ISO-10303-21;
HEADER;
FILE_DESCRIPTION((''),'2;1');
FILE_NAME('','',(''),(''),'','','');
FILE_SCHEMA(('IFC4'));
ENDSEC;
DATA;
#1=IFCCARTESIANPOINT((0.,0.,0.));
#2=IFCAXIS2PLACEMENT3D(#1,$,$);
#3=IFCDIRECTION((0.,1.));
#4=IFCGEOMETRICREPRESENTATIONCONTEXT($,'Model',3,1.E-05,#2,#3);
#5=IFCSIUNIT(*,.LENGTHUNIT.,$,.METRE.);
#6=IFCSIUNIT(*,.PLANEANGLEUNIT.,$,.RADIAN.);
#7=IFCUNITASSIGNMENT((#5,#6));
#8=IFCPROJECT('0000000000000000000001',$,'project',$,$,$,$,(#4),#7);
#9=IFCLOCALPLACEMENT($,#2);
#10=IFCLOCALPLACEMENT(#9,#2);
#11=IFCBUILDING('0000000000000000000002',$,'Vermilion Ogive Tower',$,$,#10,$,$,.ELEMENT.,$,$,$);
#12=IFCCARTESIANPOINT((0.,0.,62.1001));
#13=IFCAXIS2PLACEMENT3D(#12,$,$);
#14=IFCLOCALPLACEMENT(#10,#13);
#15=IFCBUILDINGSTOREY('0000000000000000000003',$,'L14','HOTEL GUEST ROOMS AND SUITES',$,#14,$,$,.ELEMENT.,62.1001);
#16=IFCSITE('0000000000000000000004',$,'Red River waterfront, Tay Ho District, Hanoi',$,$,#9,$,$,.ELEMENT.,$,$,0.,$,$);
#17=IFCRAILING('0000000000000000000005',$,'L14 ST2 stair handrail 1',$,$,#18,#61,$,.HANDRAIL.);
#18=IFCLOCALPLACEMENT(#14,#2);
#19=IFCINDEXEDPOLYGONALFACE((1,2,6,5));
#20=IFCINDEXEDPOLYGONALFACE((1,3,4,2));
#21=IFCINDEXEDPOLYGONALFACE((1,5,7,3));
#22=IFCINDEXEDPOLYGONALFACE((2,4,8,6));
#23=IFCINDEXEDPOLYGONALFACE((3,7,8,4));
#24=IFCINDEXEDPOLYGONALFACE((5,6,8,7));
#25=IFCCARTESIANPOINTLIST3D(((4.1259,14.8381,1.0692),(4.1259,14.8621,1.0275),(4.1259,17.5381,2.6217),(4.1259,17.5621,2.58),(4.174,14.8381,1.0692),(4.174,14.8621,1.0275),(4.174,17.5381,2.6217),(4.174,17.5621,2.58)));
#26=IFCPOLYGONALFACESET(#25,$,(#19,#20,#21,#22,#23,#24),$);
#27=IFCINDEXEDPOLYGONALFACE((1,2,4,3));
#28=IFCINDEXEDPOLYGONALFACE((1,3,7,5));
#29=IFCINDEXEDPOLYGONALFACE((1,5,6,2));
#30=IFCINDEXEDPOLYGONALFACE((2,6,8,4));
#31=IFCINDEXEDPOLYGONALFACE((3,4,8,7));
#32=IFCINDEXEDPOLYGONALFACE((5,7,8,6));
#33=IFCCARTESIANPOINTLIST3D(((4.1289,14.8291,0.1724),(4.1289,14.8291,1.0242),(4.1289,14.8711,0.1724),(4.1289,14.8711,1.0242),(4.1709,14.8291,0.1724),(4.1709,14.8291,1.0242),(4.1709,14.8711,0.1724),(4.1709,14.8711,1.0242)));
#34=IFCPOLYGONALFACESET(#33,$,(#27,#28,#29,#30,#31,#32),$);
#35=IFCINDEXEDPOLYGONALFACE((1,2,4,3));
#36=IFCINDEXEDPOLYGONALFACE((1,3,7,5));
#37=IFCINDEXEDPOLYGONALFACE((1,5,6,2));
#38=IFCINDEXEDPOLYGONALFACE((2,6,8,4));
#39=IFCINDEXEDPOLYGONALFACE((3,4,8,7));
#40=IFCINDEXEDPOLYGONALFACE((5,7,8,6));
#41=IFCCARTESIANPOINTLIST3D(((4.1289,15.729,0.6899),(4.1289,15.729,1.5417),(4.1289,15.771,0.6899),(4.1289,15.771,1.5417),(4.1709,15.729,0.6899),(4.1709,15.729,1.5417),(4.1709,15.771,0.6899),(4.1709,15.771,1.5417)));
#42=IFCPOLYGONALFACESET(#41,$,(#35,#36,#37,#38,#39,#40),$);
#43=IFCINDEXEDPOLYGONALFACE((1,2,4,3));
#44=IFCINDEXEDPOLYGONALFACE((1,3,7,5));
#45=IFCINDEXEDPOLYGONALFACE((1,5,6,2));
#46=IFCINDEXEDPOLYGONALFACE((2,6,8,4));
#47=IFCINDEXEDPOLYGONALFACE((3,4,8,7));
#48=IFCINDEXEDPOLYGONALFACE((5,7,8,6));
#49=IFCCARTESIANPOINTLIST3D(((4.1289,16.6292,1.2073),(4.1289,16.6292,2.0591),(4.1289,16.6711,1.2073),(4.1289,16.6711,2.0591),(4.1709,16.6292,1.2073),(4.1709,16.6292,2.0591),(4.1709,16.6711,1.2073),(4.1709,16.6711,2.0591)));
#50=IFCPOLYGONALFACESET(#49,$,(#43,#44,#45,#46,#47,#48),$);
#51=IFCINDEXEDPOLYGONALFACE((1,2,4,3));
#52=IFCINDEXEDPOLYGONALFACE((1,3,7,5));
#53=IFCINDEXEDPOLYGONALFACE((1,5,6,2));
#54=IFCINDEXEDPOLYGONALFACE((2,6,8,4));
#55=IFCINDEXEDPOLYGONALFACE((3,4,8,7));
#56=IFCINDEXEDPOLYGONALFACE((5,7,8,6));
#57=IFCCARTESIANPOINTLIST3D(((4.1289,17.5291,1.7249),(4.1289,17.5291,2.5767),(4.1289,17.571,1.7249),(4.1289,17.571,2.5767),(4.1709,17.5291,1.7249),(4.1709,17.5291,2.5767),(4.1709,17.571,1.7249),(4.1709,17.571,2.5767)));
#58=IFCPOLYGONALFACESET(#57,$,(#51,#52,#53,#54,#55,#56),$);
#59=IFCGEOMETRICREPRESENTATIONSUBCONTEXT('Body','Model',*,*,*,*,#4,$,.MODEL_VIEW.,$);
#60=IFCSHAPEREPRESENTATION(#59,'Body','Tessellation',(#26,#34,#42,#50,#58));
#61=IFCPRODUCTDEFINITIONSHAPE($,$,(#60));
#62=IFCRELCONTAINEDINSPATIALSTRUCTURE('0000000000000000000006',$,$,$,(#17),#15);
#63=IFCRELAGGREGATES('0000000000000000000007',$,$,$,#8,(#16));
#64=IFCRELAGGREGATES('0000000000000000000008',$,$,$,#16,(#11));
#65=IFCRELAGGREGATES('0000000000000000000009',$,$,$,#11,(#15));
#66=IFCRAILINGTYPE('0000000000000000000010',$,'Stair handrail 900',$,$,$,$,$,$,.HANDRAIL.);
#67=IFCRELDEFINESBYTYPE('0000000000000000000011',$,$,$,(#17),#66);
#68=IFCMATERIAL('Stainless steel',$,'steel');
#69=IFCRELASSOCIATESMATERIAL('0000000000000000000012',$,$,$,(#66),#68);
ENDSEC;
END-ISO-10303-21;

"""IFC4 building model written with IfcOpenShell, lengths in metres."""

from ifc_helpers import new_model, si_unit, direction, frame, origin, origin_2d, place, context, subcontext, project, spatial, rectangle, extrude, material, type_object, element, save


model = new_model("IFC4")

# Units and contexts
model_context = context("Model", 3, precision=1e-05, world=origin(), true_north=direction((0.0, 1.0)))
body_context = subcontext(model_context, "Body", "Model", "MODEL_VIEW")
ifc_project = project(units=[si_unit("LENGTHUNIT", "METRE"), si_unit("PLANEANGLEUNIT", "RADIAN")], contexts=[model_context])

# Site, building, storey
site_placement = place(None, origin())
site = spatial("IfcSite", under=ifc_project, at=site_placement, Name="Red River waterfront, Tay Ho District, Hanoi", CompositionType="ELEMENT", RefElevation=0.0)
building_placement = place(site_placement, origin())
building = spatial("IfcBuilding", under=site, at=building_placement, Name="Vermilion Ogive Tower", CompositionType="ELEMENT")
storey_placement = place(building_placement, frame((0.0, 0.0, 62.1001)))
storey = spatial("IfcBuildingStorey", under=building, at=storey_placement, Name="L14", Description="HOTEL GUEST ROOMS AND SUITES", CompositionType="ELEMENT", Elevation=62.1001)

# Railing
ifc_material_1 = material(Name="Stainless steel", Category="steel")
railing_type_1 = type_object("IfcRailingType", Name="Stair handrail 900", PredefinedType="HANDRAIL", material=ifc_material_1)
railing_1_placement = place(storey_placement, frame((4.1499, 14.8501, 0.1724)))
element("IfcRailing", 1, at=railing_1_placement, inside=storey, type_object=railing_type_1, Name="L14 ST2 stair handrail 1", PredefinedType="HANDRAIL", context=body_context, shape_type="SweptSolid", body=[
    extrude(rectangle(XDim=0.0481, YDim=0.0481, at=origin_2d()), frame((0.0, 0.0, 0.876), z_axis=(0.0, 0.866904, 0.498476), x_axis=(-1.0, 0.0, 0.0)), (0.0, 0.0, 1.0), 3.1145),
    extrude(rectangle(XDim=0.042, YDim=0.042, at=origin_2d()), origin(), (0.0, 0.0, 1.0), 0.8518),
    extrude(rectangle(XDim=0.042, YDim=0.042, at=origin_2d()), frame((0.0, 0.8999, 0.5176)), (0.0, 0.0, 1.0), 0.8518),
    extrude(rectangle(XDim=0.042, YDim=0.042, at=origin_2d()), frame((0.0, 1.8, 1.0349)), (0.0, 0.0, 1.0), 0.8518),
    extrude(rectangle(XDim=0.042, YDim=0.042, at=origin_2d()), frame((0.0, 2.7, 1.5525)), (0.0, 0.0, 1.0), 0.8518),
])

save(model, "model.ifc")
